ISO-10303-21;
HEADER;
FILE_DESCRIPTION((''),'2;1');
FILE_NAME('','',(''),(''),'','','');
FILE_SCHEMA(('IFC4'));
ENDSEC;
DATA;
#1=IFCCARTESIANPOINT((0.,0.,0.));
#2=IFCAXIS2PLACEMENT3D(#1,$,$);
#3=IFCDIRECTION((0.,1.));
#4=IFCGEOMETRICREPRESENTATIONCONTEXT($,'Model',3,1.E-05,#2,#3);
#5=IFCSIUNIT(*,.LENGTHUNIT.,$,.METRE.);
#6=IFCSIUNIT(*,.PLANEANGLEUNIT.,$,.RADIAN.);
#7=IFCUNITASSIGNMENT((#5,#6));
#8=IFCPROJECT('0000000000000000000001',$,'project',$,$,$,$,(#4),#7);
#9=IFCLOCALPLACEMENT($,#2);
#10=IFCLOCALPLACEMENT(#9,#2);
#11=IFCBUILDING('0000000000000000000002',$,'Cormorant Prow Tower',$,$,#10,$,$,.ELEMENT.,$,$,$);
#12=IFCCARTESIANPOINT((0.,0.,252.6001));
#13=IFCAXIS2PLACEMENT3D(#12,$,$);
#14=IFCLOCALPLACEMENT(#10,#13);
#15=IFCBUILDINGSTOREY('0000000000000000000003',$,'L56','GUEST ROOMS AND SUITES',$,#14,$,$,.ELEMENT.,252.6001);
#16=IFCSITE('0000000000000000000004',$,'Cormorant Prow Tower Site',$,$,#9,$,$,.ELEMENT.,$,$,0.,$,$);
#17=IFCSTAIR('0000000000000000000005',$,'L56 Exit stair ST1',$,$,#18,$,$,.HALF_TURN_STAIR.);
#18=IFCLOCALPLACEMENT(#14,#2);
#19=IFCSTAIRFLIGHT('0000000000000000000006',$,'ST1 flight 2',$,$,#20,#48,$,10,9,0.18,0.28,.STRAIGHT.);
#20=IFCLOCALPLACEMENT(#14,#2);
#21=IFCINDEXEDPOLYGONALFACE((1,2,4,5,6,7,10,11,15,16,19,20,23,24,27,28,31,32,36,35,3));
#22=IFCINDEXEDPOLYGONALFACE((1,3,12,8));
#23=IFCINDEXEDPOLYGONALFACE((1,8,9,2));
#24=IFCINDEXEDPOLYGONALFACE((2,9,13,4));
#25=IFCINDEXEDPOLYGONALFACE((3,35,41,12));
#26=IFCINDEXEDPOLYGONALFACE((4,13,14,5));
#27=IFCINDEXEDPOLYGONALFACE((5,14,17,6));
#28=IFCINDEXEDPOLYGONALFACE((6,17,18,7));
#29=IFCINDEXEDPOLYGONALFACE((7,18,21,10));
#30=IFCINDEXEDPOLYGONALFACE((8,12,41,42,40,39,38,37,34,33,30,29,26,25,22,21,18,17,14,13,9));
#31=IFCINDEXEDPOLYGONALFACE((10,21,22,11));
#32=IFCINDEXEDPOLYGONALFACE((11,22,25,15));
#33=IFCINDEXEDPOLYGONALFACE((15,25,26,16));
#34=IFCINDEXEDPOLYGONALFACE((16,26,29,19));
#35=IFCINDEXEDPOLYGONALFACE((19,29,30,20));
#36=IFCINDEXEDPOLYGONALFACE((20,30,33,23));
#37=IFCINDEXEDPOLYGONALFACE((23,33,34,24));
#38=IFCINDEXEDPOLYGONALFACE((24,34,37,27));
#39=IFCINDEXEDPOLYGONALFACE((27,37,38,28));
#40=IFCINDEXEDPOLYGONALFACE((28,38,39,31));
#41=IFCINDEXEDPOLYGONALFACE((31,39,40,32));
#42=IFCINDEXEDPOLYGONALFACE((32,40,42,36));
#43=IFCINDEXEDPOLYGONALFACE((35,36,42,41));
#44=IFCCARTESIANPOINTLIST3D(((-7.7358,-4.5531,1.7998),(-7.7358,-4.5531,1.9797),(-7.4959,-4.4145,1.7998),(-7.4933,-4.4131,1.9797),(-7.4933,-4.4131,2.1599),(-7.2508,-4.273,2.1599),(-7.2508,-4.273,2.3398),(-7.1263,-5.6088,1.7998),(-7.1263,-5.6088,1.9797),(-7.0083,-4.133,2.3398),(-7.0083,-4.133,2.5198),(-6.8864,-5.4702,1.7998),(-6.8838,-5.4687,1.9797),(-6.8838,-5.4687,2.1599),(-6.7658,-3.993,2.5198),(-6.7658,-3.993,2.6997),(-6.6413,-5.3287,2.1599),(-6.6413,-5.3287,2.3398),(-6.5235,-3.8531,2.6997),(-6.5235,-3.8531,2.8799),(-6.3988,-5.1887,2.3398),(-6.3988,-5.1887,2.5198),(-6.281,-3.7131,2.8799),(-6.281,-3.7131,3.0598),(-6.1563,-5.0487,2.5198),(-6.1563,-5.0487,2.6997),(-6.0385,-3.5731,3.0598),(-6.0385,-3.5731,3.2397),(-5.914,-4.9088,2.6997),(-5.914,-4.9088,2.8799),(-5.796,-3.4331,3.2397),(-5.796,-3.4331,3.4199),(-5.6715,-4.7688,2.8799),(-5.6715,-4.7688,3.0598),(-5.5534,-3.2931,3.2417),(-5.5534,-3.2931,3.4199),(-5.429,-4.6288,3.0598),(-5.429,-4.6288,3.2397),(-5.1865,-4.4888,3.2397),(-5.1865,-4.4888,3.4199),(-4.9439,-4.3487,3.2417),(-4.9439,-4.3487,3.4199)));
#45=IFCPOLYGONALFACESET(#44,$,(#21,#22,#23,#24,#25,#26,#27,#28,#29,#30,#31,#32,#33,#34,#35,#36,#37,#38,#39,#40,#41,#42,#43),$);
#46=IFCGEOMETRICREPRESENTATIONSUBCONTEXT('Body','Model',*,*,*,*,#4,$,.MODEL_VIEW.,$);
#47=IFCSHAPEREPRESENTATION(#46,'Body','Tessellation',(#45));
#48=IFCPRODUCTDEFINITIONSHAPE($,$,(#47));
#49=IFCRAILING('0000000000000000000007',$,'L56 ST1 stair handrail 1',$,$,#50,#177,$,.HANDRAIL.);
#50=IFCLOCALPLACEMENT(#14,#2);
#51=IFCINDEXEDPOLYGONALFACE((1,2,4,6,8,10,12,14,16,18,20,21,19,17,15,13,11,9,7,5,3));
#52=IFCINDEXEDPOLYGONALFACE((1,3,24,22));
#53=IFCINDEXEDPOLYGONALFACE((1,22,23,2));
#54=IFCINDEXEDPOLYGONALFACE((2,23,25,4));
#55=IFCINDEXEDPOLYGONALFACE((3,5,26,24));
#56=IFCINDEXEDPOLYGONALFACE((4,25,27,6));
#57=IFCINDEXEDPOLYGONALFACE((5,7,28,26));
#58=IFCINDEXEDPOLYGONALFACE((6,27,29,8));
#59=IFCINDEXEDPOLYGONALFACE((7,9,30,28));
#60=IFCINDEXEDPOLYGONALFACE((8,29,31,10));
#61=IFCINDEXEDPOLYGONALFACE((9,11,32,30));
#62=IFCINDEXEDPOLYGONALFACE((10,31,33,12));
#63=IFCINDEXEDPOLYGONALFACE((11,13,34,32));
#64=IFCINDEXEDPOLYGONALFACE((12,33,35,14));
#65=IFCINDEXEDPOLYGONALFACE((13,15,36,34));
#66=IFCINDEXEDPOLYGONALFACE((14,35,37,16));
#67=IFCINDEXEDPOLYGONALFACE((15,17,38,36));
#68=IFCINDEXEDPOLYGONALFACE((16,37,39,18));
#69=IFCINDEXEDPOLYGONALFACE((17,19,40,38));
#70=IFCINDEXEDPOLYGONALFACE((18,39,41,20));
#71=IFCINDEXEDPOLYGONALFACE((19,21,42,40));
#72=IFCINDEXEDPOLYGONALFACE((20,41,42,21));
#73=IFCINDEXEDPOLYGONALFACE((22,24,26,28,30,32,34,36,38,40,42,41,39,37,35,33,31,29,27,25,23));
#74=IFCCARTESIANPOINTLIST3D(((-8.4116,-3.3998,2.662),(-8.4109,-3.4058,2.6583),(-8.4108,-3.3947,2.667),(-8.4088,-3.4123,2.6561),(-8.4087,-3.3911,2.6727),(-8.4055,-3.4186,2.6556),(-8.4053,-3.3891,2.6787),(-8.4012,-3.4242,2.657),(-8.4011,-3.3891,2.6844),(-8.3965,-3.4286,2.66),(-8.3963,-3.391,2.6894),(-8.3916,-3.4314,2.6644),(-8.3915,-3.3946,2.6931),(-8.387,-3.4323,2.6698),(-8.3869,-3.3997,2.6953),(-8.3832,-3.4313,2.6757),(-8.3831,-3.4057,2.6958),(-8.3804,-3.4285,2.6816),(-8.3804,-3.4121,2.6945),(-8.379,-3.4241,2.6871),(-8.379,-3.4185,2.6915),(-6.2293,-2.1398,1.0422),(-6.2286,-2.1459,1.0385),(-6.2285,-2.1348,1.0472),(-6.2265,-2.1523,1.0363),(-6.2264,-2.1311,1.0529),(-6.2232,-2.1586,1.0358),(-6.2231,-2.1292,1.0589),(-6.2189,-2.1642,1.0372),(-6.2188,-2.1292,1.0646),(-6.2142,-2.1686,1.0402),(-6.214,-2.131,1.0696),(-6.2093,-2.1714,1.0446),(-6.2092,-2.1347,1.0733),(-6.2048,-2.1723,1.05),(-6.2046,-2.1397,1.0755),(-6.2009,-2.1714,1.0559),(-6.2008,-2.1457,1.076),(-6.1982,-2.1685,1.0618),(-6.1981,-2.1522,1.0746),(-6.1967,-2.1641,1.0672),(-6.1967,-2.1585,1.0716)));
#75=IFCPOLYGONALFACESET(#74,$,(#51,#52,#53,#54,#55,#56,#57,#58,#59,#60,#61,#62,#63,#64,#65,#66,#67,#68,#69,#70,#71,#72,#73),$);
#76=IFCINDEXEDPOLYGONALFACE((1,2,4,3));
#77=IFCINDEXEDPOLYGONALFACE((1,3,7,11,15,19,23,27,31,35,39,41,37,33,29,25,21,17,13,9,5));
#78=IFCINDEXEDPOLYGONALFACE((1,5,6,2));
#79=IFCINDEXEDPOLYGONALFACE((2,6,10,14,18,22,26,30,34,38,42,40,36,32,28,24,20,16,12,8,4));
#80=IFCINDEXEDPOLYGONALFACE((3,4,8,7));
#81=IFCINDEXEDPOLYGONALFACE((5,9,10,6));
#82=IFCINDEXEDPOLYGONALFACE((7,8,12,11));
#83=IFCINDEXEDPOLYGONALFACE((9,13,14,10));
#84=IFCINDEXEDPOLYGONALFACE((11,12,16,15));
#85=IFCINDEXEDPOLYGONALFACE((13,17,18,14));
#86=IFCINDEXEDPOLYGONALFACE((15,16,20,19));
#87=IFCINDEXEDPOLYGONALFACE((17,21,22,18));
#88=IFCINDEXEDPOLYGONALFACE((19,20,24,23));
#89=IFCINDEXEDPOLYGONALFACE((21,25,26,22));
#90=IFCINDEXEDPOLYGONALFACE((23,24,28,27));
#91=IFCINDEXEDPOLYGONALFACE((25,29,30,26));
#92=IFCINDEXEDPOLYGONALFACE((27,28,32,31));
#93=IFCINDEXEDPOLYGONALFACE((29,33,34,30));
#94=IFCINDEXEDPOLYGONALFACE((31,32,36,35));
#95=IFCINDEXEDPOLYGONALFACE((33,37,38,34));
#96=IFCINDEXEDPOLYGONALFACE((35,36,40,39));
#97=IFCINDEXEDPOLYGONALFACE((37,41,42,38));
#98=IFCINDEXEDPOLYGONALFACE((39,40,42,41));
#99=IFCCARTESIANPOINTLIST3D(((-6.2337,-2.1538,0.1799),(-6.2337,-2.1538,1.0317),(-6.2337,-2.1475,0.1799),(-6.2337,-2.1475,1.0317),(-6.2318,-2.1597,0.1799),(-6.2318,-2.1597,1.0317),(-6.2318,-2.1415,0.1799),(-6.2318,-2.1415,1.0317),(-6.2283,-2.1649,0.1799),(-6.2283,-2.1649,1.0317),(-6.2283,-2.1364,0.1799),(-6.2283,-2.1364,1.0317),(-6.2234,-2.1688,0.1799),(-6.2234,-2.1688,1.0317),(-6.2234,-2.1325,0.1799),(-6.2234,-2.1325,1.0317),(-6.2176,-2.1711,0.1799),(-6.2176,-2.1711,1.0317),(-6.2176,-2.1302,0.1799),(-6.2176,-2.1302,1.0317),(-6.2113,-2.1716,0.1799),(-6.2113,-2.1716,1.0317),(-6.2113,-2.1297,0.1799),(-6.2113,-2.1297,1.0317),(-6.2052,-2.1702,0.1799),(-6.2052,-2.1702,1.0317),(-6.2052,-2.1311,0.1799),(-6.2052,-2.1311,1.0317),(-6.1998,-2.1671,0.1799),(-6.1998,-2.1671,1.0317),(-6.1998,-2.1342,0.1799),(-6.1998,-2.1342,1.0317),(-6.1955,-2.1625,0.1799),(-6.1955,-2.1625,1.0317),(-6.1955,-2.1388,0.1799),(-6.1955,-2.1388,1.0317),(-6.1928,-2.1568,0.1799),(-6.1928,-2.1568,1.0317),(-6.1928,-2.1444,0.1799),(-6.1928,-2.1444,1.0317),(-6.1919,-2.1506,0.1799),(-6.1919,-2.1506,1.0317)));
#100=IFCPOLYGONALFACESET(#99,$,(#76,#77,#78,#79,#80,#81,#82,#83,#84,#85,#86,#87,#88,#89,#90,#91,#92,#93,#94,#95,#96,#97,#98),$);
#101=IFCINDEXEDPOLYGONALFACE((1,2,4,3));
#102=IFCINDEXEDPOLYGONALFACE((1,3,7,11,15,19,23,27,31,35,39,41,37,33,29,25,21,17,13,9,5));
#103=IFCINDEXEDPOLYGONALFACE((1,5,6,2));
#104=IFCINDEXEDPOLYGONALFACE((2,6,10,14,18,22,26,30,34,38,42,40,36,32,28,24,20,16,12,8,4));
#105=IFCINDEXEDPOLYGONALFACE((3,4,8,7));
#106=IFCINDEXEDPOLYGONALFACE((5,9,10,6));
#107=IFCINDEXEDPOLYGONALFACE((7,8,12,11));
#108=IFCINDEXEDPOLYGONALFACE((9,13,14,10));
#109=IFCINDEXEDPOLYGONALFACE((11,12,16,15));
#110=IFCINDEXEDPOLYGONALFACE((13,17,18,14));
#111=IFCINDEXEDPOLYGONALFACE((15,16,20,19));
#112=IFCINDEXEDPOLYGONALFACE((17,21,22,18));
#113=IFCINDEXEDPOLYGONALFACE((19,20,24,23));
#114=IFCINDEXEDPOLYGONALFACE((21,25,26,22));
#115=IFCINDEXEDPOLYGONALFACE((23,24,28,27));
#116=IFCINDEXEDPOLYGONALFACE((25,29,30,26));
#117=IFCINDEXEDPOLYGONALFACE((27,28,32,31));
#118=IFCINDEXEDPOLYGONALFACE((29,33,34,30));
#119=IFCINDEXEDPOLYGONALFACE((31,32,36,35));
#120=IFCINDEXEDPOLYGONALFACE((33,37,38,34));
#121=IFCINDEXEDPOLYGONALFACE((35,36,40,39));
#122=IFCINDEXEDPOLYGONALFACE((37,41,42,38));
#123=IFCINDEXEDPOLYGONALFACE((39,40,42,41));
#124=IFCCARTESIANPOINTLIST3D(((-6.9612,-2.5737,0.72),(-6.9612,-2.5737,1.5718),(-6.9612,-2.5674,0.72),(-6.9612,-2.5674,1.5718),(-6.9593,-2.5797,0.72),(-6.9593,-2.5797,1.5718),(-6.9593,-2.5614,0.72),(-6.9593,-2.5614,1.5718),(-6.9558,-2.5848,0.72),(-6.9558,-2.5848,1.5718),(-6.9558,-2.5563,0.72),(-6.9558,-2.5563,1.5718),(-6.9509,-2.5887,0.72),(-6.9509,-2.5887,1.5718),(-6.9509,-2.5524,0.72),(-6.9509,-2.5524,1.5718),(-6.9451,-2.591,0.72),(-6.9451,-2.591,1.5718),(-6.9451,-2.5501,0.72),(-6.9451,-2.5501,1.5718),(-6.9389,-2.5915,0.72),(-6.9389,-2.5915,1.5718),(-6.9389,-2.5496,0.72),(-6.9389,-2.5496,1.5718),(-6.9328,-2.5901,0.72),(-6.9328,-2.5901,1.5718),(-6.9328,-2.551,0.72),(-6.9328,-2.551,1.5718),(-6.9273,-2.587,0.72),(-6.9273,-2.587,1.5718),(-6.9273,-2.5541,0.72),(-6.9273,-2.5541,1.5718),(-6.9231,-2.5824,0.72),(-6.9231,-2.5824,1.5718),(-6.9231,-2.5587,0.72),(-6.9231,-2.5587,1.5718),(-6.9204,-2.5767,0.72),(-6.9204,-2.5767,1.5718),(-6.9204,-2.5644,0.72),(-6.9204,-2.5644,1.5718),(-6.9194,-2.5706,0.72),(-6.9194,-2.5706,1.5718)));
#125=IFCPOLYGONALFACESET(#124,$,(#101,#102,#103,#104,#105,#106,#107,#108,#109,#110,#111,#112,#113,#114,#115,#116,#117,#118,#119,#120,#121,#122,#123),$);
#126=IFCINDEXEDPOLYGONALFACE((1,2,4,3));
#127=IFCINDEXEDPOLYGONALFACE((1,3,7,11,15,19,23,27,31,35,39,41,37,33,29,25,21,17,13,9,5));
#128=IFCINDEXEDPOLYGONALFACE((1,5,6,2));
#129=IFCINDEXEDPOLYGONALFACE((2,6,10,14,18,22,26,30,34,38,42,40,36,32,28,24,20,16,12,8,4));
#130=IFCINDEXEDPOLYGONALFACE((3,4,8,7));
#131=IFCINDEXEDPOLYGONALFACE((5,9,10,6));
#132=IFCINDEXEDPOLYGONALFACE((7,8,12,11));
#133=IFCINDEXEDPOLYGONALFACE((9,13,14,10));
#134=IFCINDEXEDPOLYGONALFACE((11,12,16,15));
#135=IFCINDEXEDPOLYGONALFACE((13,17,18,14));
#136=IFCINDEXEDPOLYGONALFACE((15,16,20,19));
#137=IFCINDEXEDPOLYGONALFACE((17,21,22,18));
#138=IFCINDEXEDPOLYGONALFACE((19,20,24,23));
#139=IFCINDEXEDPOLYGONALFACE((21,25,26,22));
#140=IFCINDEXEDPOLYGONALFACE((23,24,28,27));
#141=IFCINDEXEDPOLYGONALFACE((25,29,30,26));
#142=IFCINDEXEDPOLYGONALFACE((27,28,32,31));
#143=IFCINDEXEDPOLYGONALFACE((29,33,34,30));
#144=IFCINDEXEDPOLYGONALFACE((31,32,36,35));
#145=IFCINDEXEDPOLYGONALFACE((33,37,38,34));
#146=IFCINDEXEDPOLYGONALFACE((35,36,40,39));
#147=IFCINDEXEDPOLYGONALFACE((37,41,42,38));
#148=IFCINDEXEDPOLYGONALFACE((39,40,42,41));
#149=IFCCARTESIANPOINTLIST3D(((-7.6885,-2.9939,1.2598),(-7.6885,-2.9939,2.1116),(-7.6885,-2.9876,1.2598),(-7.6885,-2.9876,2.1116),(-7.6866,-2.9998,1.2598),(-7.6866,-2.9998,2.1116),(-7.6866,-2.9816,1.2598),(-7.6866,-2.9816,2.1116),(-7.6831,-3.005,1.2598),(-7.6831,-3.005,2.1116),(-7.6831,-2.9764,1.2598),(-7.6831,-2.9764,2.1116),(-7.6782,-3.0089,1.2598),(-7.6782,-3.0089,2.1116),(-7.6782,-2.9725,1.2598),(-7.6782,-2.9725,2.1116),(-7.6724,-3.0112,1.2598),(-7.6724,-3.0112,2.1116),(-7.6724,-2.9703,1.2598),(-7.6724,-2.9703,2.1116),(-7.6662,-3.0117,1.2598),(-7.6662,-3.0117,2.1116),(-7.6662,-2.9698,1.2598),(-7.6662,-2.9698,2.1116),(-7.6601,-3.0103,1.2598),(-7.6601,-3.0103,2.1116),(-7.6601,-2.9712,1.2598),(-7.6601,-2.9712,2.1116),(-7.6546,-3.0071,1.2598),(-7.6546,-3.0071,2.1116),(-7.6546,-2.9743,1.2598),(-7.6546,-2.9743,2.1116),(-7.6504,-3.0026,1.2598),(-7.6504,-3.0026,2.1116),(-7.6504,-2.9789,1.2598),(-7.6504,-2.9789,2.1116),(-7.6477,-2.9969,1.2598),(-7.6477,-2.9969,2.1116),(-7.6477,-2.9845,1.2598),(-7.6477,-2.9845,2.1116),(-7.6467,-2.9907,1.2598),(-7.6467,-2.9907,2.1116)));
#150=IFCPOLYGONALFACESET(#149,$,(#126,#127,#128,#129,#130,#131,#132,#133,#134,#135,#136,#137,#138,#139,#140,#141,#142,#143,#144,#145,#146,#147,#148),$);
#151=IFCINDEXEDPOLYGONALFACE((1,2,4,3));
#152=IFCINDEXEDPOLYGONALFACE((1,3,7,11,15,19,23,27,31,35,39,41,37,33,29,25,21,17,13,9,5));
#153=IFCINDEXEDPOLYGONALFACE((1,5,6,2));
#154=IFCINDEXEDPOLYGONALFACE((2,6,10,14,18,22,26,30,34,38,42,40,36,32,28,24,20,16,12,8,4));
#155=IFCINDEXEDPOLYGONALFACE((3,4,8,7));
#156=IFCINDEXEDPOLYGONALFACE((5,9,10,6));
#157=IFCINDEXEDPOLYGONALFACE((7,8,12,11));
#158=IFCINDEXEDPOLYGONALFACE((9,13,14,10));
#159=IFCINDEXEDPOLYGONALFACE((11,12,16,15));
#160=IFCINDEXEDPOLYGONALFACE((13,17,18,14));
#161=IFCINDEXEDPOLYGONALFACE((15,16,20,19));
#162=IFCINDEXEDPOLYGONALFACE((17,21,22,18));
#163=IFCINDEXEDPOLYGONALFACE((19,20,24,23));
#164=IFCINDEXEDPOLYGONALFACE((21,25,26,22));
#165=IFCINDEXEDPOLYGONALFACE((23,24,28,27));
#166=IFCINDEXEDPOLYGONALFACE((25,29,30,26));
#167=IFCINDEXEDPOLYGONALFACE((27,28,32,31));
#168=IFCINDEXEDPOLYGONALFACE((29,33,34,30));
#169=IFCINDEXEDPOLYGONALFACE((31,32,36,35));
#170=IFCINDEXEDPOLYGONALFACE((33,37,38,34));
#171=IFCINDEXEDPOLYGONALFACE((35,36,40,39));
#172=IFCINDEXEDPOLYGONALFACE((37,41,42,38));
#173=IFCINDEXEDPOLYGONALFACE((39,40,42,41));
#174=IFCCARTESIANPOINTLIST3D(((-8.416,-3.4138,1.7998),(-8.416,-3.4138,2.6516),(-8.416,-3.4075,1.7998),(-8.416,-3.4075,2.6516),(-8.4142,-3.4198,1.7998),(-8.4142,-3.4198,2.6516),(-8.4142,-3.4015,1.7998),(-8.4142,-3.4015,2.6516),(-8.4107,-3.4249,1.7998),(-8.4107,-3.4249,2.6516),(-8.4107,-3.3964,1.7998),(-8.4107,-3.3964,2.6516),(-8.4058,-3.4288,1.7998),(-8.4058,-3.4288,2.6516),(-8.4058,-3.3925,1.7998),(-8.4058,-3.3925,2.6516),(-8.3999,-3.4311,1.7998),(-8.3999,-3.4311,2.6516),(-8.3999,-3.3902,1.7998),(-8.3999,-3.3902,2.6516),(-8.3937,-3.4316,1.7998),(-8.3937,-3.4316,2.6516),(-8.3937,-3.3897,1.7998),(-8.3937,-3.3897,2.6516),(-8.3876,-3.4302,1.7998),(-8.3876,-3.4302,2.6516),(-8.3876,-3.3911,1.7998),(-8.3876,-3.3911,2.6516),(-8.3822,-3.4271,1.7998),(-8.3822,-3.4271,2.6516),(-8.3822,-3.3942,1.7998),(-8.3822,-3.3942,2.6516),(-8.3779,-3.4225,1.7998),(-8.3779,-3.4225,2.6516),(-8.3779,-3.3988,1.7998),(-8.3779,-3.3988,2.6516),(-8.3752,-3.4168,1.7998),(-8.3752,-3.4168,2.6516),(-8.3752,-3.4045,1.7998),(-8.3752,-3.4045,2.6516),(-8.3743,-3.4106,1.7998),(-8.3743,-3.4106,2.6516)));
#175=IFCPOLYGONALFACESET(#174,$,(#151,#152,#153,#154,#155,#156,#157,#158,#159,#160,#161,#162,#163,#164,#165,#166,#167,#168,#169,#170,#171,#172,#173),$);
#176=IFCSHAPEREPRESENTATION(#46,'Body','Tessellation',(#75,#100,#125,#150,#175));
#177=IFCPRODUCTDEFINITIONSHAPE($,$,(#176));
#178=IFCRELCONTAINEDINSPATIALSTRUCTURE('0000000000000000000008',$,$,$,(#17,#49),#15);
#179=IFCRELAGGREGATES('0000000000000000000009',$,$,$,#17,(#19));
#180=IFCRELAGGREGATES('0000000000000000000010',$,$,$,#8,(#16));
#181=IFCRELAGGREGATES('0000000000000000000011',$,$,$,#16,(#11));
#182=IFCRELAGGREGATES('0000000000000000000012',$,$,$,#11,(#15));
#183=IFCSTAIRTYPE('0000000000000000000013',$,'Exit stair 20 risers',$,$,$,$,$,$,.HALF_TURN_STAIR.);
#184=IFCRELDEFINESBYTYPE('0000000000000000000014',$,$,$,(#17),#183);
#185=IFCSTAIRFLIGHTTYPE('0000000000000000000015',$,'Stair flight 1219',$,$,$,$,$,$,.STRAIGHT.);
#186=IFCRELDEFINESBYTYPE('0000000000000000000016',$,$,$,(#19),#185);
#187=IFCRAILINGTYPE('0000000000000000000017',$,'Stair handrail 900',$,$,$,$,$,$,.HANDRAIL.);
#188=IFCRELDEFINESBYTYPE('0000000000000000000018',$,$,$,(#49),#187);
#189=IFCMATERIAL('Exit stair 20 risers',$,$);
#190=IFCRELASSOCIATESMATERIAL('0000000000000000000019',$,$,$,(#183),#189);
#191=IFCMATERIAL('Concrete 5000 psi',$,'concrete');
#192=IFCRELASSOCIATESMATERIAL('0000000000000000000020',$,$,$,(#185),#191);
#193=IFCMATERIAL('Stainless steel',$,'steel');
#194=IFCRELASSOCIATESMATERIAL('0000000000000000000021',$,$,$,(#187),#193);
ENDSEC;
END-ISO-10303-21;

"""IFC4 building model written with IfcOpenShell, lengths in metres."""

from ifc_helpers import new_model, si_unit, direction, frame, origin, origin_2d, place, context, subcontext, project, spatial, polyline, circle, outline, extrude, material, type_object, element, aggregate, save


model = new_model("IFC4")

# Units and contexts
model_context = context("Model", 3, precision=1e-05, world=origin(), true_north=direction((0.0, 1.0)))
body_context = subcontext(model_context, "Body", "Model", "MODEL_VIEW")
ifc_project = project(units=[si_unit("LENGTHUNIT", "METRE"), si_unit("PLANEANGLEUNIT", "RADIAN")], contexts=[model_context])

# Site, building, storey
site_placement = place(None, origin())
site = spatial("IfcSite", under=ifc_project, at=site_placement, Name="Cormorant Prow Tower Site", CompositionType="ELEMENT", RefElevation=0.0)
building_placement = place(site_placement, origin())
building = spatial("IfcBuilding", under=site, at=building_placement, Name="Cormorant Prow Tower", CompositionType="ELEMENT")
storey_placement = place(building_placement, frame((0.0, 0.0, 252.6001)))
storey = spatial("IfcBuildingStorey", under=building, at=storey_placement, Name="L56", Description="GUEST ROOMS AND SUITES", CompositionType="ELEMENT", Elevation=252.6001)

# Stair, stair flight
ifc_material_1 = material(Name="Exit stair 20 risers")
stair_type = type_object("IfcStairType", Name="Exit stair 20 risers", PredefinedType="HALF_TURN_STAIR", material=ifc_material_1)
stair_placement = place(storey_placement, origin())
stair = element("IfcStair", 1, at=stair_placement, inside=storey, type_object=stair_type, Name="L56 Exit stair ST1", PredefinedType="HALF_TURN_STAIR")
ifc_material_2 = material(Name="Concrete 5000 psi", Category="concrete")
stair_flight_type = type_object("IfcStairFlightType", Name="Stair flight 1219", PredefinedType="STRAIGHT", material=ifc_material_2)
stair_flight_1_placement = place(storey_placement, frame((-7.4312, -5.0808, 1.7998), z_axis=(0.0, 0.0, 1.0), x_axis=(0.866025, 0.5, 0.0)))
stair_flight_1 = element("IfcStairFlight", 2, at=stair_flight_1_placement, type_object=stair_flight_type, Name="ST1 flight 2", NumberOfRisers=10, NumberOfTreads=9, PredefinedType="STRAIGHT", RiserHeight=0.18, TreadLength=0.28, context=body_context, shape_type="SweptSolid", body=[
    extrude(outline(polyline([(0.0, 0.0), (0.0, 0.1799), (0.28, 0.1799), (0.28, 0.3601), (0.5601, 0.3601), (0.5601, 0.54), (0.8401, 0.54), (0.8401, 0.72), (1.1201, 0.72), (1.1201, 0.8999), (1.3999, 0.8999), (1.3999, 1.0801), (1.6799, 1.0801), (1.6799, 1.26), (1.96, 1.26), (1.96, 1.4399), (2.24, 1.4399), (2.24, 1.6201), (2.52, 1.6201), (2.52, 1.8), (2.52, 1.4419), (0.2771, 0.0), (0.0, 0.0)])), frame((0.0, 0.6094, 0.0), z_axis=(0.0, -1.0, 0.0), x_axis=(1.0, 0.0, 0.0)), (0.0, 0.0, 1.0), 1.219),
])
aggregate(stair, [stair_flight_1])

# Railing
ifc_material_3 = material(Name="Stainless steel", Category="steel")
railing_type_1 = type_object("IfcRailingType", Name="Stair handrail 900", PredefinedType="HANDRAIL", material=ifc_material_3)
railing_1_placement = place(storey_placement, frame((-6.2129, -2.1506, 0.1799)))
element("IfcRailing", 3, at=railing_1_placement, inside=storey, type_object=railing_type_1, Name="L56 ST1 stair handrail 1", PredefinedType="HANDRAIL", context=body_context, shape_type="SweptSolid", body=[
    extrude(circle(Radius=0.0239, at=origin_2d()), frame((0.0, 0.0, 0.876), z_axis=(-0.728496, -0.420603, 0.540728), x_axis=(0.500005, -0.866023, 0.0)), (0.0, 0.0, 1.0), 2.9956),
    extrude(circle(Radius=0.021, at=origin_2d()), origin(), (0.0, 0.0, 1.0), 0.8518),
    extrude(circle(Radius=0.021, at=origin_2d()), frame((-0.7275, -0.4199, 0.54)), (0.0, 0.0, 1.0), 0.8518),
    extrude(circle(Radius=0.021, at=origin_2d()), frame((-1.4548, -0.8401, 1.0798)), (0.0, 0.0, 1.0), 0.8518),
    extrude(circle(Radius=0.021, at=origin_2d()), frame((-2.1824, -1.26, 1.6199)), (0.0, 0.0, 1.0), 0.8518),
])

save(model, "model.ifc")
